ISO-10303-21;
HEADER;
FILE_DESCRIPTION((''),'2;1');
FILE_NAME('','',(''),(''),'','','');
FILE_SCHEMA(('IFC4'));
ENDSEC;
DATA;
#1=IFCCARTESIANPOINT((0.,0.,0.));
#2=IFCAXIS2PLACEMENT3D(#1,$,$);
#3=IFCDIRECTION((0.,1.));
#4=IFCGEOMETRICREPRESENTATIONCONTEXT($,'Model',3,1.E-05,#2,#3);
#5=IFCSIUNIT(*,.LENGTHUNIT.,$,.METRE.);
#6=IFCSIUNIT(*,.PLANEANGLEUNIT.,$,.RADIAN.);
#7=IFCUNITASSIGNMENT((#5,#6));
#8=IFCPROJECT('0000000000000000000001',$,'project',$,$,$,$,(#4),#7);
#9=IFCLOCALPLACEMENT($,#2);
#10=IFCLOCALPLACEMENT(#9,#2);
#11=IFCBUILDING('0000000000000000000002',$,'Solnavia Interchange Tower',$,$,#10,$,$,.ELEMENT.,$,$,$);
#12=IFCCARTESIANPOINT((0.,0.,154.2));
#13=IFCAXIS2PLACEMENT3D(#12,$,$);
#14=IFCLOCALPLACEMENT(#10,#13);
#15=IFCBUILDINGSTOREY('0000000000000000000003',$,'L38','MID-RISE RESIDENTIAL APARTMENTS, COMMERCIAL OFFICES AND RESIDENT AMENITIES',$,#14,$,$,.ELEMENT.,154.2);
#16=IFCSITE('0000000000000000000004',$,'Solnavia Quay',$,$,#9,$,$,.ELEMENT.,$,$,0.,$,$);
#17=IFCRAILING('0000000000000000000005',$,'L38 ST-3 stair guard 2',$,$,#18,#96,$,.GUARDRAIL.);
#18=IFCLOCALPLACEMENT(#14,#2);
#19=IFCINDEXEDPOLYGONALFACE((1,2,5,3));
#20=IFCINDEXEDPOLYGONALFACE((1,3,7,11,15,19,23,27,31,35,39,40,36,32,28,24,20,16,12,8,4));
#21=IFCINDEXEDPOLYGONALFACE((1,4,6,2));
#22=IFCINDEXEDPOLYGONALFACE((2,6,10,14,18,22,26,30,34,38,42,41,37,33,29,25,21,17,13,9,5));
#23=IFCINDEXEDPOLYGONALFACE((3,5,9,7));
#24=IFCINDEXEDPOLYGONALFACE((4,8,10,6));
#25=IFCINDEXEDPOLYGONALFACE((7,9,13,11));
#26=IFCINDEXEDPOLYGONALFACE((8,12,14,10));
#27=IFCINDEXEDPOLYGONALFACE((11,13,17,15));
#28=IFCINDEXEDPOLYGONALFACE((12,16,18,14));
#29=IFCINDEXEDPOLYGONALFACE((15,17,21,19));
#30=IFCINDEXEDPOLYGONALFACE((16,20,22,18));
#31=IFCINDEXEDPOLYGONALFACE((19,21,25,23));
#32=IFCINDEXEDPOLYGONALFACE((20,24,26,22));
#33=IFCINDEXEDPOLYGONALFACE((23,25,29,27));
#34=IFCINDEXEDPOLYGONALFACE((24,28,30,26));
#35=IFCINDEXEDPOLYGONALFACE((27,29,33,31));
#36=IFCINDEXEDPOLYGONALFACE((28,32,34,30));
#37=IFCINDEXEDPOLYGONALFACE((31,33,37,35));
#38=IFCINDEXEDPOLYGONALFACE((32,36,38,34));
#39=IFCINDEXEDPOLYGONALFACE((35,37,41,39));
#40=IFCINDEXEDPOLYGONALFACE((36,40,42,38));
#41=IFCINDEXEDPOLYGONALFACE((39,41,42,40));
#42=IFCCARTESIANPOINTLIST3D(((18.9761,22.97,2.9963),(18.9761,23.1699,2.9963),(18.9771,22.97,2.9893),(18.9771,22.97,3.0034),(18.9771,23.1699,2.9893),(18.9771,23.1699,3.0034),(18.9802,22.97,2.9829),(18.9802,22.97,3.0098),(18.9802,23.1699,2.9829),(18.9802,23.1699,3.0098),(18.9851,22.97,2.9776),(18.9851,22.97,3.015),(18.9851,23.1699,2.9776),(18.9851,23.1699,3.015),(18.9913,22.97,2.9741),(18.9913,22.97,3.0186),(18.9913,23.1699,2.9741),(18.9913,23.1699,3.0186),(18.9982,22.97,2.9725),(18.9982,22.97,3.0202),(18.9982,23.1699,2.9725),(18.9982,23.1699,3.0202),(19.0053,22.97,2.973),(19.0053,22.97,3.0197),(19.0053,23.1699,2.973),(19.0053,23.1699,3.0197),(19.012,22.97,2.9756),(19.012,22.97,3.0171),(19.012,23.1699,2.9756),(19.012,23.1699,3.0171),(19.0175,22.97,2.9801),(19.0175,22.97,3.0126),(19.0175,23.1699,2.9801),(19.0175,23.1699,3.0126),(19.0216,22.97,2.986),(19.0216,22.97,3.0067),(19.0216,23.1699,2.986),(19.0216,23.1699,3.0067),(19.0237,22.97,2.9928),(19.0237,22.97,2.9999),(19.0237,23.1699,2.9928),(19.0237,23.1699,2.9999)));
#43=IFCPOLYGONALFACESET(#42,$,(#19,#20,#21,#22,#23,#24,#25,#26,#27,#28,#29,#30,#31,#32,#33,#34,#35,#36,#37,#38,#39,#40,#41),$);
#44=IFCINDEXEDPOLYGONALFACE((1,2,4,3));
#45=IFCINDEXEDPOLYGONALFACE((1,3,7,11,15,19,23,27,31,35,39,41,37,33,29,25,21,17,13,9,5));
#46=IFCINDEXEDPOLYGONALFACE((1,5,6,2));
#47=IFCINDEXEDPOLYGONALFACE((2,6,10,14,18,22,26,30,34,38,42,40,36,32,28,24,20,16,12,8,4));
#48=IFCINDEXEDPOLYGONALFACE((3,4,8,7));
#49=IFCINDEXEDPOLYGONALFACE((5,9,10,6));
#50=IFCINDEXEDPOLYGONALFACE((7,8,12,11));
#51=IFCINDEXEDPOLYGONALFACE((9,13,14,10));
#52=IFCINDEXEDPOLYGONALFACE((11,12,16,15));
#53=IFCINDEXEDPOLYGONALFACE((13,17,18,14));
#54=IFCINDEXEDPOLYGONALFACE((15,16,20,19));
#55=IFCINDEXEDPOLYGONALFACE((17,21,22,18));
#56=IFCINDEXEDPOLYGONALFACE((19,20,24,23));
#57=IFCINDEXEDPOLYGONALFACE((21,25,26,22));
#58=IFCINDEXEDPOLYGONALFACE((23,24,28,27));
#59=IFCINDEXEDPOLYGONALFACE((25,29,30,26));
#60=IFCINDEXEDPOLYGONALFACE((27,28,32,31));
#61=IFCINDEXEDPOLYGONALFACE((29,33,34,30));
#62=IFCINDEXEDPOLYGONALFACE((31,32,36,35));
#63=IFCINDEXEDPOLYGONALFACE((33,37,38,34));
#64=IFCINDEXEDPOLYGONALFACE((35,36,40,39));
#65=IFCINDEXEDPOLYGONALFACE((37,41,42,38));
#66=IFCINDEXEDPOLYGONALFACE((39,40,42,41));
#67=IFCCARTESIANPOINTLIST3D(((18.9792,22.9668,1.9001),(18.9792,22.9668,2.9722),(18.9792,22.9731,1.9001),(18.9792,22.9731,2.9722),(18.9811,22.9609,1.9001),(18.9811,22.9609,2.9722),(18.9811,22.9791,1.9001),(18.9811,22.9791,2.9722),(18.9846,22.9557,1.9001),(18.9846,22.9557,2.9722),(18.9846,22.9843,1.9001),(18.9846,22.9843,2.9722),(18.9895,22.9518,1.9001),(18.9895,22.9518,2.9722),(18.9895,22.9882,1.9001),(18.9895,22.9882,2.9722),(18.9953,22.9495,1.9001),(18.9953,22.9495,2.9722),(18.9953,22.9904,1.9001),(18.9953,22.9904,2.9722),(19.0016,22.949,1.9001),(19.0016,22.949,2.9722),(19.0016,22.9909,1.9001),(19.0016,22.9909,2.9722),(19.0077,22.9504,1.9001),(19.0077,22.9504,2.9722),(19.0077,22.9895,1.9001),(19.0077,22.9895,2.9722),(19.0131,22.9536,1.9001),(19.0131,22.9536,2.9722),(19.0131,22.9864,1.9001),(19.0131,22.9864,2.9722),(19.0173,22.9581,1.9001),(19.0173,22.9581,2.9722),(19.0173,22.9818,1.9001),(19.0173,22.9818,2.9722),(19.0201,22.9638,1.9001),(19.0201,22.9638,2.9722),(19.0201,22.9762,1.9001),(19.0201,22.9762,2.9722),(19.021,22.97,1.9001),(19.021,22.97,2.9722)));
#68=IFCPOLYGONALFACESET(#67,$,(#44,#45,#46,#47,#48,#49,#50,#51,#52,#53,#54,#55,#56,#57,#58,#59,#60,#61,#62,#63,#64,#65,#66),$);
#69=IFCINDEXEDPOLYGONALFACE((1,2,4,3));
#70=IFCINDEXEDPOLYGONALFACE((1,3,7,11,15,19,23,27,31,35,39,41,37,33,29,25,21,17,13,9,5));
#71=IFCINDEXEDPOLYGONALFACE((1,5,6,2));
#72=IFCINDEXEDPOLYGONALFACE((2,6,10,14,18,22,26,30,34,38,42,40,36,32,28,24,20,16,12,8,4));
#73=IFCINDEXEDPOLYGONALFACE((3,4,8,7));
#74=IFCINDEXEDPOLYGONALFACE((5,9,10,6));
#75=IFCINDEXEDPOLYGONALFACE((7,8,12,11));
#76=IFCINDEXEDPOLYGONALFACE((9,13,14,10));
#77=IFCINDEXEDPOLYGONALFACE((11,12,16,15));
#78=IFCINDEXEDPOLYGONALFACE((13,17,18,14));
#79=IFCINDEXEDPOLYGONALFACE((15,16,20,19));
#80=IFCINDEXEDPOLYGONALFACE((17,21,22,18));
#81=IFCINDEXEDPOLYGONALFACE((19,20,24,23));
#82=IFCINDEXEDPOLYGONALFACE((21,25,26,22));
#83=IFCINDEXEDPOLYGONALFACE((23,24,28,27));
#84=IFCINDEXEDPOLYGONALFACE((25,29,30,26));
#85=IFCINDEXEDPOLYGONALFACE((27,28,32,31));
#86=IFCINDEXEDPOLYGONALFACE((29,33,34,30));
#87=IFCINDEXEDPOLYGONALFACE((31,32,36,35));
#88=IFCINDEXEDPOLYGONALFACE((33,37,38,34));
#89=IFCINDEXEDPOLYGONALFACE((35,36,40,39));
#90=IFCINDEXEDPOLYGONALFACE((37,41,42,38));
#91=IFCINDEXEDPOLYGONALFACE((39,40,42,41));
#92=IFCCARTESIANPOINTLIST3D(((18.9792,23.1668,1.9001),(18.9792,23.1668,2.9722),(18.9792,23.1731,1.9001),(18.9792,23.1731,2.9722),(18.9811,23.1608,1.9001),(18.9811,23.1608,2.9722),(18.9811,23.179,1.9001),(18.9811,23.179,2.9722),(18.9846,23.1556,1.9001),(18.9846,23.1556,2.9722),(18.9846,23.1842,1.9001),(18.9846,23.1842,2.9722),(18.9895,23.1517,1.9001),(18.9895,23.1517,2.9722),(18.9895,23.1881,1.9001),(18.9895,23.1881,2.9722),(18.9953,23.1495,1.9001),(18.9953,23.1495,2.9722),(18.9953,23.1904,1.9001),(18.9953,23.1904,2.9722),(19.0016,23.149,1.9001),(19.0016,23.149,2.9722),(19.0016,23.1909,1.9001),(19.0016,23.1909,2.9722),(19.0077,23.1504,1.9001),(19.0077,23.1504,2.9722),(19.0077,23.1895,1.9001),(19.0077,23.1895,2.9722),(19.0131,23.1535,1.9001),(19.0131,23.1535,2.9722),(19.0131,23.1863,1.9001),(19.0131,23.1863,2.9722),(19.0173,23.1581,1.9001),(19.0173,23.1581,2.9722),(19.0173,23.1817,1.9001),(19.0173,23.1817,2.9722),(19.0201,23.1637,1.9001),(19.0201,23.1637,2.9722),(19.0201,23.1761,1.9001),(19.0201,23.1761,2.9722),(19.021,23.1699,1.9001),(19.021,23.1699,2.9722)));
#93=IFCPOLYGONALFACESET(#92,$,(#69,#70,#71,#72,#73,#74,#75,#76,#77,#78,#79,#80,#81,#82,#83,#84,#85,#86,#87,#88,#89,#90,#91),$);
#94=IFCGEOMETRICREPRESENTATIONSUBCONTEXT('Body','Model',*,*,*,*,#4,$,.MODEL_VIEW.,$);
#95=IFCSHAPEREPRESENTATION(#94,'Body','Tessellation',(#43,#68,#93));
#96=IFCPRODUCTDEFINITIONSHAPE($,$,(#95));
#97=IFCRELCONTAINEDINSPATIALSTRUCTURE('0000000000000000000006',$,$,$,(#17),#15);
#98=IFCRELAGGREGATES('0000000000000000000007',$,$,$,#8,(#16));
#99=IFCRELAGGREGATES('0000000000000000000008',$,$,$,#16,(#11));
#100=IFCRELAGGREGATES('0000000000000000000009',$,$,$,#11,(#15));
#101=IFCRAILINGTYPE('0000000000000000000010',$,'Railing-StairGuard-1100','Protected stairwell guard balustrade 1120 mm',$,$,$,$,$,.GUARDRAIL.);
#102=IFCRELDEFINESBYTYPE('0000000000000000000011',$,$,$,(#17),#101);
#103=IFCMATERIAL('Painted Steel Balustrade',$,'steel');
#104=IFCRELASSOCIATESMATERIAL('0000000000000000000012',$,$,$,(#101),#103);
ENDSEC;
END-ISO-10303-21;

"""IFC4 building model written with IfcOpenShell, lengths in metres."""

from ifc_helpers import new_model, si_unit, direction, frame, origin, origin_2d, place, context, subcontext, project, spatial, circle, extrude, material, type_object, element, save


model = new_model("IFC4")

# Units and contexts
model_context = context("Model", 3, precision=1e-05, world=origin(), true_north=direction((0.0, 1.0)))
body_context = subcontext(model_context, "Body", "Model", "MODEL_VIEW")
ifc_project = project(units=[si_unit("LENGTHUNIT", "METRE"), si_unit("PLANEANGLEUNIT", "RADIAN")], contexts=[model_context])

# Site, building, storey
site_placement = place(None, origin())
site = spatial("IfcSite", under=ifc_project, at=site_placement, Name="Solnavia Quay", CompositionType="ELEMENT", RefElevation=0.0)
building_placement = place(site_placement, origin())
building = spatial("IfcBuilding", under=site, at=building_placement, Name="Solnavia Interchange Tower", CompositionType="ELEMENT")
storey_placement = place(building_placement, frame((0.0, 0.0, 154.2)))
storey = spatial("IfcBuildingStorey", under=building, at=storey_placement, Name="L38", Description="MID-RISE RESIDENTIAL APARTMENTS, COMMERCIAL OFFICES AND RESIDENT AMENITIES", CompositionType="ELEMENT", Elevation=154.2)

# Railing
ifc_material_1 = material(Name="Painted Steel Balustrade", Category="steel")
railing_type_1 = type_object("IfcRailingType", Name="Railing-StairGuard-1100", Description="Protected stairwell guard balustrade 1120 mm", PredefinedType="GUARDRAIL", material=ifc_material_1)
railing_1_placement = place(storey_placement, frame((19.0, 22.97, 1.9001)))
element("IfcRailing", 1, at=railing_1_placement, inside=storey, type_object=railing_type_1, Name="L38 ST-3 stair guard 2", PredefinedType="GUARDRAIL", context=body_context, shape_type="SweptSolid", body=[
    extrude(circle(Radius=0.0239, at=origin_2d()), frame((0.0, 0.0, 1.0962), z_axis=(0.0, 1.0, 0.0), x_axis=(-1.0, 0.0, 0.0)), (0.0, 0.0, 1.0), 0.2),
    extrude(circle(Radius=0.021, at=origin_2d()), origin(), (0.0, 0.0, 1.0), 1.072),
    extrude(circle(Radius=0.021, at=origin_2d()), frame((0.0, 0.2, 0.0)), (0.0, 0.0, 1.0), 1.072),
])

save(model, "model.ifc")
